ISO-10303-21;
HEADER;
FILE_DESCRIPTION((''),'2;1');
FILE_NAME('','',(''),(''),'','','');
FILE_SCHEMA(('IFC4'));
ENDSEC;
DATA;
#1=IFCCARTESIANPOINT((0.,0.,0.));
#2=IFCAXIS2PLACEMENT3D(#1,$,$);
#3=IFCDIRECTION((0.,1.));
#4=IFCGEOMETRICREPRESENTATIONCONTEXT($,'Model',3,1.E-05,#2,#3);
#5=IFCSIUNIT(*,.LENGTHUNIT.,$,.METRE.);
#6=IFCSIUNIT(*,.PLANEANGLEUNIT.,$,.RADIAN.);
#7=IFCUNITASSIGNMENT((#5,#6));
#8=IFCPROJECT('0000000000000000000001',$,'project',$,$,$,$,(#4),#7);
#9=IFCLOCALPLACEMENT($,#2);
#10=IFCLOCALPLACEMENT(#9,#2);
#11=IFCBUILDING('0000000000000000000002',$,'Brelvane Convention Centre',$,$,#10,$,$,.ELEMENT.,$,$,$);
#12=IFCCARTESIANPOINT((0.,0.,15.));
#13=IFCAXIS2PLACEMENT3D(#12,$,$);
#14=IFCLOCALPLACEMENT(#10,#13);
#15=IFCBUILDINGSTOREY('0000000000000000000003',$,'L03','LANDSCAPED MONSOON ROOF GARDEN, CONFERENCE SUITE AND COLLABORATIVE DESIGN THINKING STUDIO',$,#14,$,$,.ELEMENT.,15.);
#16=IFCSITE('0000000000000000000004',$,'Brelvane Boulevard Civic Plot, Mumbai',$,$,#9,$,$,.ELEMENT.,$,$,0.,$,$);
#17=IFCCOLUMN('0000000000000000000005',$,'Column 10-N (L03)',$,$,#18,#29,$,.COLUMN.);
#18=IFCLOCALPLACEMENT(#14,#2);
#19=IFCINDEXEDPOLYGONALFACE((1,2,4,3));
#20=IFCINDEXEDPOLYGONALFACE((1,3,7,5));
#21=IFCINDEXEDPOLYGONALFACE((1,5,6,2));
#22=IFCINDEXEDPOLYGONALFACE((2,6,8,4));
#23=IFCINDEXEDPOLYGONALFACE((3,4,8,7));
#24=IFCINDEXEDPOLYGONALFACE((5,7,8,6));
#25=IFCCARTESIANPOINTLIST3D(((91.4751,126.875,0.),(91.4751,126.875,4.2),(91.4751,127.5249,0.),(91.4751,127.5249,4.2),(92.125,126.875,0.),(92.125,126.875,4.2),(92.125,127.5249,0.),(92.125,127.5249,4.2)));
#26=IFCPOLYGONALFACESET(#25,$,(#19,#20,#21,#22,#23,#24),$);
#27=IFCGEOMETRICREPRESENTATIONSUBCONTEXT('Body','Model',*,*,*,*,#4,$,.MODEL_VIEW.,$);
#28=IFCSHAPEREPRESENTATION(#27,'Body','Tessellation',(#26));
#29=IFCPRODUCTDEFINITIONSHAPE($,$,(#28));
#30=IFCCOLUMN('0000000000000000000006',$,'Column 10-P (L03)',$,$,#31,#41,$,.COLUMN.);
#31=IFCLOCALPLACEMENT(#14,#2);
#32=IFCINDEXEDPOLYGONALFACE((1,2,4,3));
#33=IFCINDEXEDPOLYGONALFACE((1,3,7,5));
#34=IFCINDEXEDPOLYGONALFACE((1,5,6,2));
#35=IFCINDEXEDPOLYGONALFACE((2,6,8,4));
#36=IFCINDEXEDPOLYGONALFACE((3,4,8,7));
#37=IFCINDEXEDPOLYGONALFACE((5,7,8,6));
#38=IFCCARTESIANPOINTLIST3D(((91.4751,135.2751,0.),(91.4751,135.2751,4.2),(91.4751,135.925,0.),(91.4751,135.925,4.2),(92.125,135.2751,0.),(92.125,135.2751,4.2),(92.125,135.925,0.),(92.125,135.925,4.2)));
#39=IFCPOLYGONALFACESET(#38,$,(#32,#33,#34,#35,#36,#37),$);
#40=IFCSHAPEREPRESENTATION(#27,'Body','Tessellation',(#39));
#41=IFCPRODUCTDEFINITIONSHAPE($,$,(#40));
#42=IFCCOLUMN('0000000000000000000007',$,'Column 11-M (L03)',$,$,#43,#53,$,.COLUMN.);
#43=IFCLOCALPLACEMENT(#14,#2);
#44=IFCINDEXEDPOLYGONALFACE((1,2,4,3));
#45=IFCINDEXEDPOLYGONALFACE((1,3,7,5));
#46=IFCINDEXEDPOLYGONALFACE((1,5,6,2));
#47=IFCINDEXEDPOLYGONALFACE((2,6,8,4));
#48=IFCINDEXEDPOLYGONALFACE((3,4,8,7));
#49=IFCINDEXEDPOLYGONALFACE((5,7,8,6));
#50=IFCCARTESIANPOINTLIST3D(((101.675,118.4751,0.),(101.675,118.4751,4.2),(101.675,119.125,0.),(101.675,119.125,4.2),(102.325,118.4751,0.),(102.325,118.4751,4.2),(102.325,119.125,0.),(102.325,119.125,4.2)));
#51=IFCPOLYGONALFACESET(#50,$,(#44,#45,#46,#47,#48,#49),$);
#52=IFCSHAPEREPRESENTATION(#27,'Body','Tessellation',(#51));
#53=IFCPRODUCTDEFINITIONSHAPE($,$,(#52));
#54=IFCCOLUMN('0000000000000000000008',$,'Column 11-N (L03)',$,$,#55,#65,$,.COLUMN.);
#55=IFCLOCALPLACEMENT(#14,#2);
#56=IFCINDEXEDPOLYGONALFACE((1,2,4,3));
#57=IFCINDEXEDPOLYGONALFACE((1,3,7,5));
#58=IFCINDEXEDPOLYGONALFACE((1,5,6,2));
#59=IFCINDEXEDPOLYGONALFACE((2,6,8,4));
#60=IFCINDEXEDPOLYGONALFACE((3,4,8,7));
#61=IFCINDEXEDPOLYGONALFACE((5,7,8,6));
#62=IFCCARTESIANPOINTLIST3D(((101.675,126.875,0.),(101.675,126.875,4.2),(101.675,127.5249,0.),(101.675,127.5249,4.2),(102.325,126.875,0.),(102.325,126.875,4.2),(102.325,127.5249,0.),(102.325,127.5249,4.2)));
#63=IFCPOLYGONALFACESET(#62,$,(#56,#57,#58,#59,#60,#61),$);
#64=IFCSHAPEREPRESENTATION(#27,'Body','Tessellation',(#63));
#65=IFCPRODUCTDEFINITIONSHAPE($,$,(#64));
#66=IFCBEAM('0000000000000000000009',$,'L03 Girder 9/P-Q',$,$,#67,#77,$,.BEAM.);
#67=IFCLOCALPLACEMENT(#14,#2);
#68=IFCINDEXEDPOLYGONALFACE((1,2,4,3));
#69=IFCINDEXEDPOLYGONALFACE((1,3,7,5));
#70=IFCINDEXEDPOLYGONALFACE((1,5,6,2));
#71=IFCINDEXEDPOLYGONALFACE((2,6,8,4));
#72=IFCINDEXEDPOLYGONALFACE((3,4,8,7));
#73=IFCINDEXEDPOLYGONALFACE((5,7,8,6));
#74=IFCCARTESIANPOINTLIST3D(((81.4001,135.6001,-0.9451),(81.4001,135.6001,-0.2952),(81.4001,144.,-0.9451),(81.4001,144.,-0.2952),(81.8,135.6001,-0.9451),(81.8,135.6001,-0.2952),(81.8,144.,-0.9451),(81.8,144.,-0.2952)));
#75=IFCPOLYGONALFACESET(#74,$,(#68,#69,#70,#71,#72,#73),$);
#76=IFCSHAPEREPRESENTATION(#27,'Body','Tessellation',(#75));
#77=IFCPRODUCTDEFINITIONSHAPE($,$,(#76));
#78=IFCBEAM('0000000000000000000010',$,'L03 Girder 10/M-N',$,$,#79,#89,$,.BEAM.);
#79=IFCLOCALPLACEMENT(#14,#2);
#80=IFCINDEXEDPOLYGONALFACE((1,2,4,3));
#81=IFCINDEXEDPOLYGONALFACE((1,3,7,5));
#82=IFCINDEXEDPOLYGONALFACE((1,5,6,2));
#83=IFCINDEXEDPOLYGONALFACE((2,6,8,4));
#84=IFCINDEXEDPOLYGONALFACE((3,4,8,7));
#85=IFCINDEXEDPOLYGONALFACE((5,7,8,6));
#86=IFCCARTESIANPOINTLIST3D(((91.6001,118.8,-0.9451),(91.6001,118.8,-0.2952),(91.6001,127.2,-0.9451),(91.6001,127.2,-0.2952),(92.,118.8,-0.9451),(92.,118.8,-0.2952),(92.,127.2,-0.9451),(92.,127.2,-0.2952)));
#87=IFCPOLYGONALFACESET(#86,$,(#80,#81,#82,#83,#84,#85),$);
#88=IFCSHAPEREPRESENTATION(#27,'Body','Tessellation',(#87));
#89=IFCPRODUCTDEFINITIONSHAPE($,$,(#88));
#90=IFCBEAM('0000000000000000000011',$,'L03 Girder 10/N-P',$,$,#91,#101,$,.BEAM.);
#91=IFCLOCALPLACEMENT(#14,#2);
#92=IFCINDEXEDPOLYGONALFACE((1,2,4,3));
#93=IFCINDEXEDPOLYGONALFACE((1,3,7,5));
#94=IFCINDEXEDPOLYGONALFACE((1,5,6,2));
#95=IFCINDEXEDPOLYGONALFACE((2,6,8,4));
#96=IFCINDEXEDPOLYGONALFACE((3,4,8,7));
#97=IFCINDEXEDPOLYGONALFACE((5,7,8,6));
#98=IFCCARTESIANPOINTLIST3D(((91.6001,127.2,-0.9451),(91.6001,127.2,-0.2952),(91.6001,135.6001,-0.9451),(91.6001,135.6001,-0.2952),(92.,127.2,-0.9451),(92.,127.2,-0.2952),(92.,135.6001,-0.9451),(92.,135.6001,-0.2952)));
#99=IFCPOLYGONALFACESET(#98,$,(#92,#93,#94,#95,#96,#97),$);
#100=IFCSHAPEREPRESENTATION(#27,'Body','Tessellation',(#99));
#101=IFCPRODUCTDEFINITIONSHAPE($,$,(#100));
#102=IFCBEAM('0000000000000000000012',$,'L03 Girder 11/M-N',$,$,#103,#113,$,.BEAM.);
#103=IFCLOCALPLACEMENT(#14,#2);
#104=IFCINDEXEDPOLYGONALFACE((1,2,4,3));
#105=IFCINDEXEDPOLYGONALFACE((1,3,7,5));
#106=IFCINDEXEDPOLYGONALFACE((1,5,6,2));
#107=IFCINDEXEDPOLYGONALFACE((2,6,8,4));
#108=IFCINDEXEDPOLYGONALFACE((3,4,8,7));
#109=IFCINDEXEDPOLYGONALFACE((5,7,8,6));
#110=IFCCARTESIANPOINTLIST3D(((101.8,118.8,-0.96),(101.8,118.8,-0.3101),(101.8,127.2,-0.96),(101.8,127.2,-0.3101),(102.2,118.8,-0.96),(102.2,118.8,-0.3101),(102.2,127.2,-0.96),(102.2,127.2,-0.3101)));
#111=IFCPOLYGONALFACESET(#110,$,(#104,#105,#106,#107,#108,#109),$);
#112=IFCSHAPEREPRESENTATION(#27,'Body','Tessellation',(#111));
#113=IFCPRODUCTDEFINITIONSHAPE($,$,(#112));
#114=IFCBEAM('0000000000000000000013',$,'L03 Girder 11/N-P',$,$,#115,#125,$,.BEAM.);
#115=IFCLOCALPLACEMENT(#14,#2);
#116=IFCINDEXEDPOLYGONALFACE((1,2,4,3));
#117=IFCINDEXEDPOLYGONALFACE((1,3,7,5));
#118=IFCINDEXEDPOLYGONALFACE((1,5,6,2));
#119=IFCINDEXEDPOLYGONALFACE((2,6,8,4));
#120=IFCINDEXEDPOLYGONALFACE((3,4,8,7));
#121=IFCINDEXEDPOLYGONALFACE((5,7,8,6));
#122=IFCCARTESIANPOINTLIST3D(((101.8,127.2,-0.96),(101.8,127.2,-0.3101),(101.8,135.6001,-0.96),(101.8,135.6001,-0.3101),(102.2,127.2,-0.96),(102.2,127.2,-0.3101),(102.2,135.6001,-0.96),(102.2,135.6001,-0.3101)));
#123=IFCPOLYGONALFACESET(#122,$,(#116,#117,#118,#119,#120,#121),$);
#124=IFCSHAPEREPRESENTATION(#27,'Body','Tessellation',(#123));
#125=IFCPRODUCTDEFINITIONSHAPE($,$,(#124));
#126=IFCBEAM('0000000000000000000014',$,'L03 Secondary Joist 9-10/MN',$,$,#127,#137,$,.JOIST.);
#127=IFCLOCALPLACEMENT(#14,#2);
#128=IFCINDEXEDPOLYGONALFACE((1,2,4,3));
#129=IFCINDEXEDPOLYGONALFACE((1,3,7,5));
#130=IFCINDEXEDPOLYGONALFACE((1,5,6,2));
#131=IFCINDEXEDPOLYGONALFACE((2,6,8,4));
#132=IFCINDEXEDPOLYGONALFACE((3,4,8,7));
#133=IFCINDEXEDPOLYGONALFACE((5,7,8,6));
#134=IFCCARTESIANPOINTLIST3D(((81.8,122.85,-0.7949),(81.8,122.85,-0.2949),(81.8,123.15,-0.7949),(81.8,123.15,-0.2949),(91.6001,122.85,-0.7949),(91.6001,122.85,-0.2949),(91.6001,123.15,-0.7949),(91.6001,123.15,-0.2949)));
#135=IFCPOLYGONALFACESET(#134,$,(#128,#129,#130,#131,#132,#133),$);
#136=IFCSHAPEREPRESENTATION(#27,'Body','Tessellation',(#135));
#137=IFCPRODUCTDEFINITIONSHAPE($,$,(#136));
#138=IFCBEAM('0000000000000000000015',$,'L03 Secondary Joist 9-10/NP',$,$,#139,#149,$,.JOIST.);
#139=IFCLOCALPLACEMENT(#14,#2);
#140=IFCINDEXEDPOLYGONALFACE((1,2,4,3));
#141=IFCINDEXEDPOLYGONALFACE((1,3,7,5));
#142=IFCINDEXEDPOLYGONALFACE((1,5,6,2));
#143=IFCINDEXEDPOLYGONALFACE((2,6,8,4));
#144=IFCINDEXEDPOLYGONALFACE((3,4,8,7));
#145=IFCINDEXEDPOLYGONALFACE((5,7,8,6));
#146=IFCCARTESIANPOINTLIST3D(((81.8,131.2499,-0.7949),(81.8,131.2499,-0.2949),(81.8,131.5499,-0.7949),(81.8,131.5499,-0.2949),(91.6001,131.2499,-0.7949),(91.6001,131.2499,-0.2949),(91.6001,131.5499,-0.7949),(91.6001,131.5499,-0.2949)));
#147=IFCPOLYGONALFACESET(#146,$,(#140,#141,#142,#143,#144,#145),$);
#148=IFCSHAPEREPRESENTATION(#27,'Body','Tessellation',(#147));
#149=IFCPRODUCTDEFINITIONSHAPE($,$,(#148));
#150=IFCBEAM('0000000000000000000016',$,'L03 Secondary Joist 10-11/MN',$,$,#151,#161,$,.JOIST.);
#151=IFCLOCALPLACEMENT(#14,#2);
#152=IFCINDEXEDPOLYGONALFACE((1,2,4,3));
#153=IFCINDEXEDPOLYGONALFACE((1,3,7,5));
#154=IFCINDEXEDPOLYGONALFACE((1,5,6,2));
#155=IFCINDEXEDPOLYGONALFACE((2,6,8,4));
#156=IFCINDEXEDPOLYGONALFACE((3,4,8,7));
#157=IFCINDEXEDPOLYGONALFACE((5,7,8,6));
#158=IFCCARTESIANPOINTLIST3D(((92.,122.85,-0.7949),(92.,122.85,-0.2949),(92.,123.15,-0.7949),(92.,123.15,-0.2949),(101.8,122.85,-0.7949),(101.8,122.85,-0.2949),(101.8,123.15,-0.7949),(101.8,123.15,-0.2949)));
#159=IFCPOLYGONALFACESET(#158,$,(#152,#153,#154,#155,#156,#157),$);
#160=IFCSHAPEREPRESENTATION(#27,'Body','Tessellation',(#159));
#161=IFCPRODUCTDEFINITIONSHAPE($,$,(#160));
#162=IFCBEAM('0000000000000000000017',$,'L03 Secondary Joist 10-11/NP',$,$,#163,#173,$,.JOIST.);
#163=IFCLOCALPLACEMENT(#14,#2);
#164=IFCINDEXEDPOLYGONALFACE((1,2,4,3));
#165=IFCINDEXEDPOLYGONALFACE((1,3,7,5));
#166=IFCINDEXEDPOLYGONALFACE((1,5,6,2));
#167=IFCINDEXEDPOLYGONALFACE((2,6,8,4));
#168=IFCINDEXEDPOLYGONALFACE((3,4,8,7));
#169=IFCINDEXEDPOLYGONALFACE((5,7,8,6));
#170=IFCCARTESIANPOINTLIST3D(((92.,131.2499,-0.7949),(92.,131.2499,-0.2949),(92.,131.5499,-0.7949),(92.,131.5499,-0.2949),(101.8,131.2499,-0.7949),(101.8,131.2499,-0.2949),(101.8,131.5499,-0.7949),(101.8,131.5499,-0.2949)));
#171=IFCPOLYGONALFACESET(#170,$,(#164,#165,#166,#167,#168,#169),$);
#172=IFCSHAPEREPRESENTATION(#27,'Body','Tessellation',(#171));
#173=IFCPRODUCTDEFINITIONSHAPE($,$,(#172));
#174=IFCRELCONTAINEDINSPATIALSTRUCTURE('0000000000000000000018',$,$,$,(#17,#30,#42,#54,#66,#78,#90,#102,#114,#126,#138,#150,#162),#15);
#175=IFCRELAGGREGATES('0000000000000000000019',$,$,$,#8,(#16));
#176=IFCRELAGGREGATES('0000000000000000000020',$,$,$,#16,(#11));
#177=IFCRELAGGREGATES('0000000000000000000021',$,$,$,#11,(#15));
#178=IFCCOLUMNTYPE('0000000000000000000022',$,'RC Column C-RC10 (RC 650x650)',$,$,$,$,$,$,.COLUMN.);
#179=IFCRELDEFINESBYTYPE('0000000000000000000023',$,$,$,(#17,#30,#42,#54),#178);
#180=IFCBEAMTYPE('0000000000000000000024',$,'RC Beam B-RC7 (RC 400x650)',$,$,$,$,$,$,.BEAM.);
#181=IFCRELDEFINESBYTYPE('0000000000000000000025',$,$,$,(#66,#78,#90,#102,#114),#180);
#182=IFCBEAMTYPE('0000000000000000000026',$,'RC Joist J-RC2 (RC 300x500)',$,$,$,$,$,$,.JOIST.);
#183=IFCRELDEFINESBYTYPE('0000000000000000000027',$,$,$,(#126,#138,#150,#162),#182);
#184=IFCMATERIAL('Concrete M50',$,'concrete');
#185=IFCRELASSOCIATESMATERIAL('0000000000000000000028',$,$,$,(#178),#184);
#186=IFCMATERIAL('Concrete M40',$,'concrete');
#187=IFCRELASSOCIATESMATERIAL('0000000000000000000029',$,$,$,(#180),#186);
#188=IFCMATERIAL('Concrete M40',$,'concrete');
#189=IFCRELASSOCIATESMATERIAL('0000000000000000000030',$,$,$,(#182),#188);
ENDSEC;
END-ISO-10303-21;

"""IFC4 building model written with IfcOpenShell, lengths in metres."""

from ifc_helpers import new_model, si_unit, direction, frame, origin, origin_2d, place, context, subcontext, project, spatial, rectangle, extrude, material, material_profile, profile_set, type_object, element, save


model = new_model("IFC4")

# Units and contexts
model_context = context("Model", 3, precision=1e-05, world=origin(), true_north=direction((0.0, 1.0)))
body_context = subcontext(model_context, "Body", "Model", "MODEL_VIEW")
ifc_project = project(units=[si_unit("LENGTHUNIT", "METRE"), si_unit("PLANEANGLEUNIT", "RADIAN")], contexts=[model_context])

# Site, building, storey
site_placement = place(None, origin())
site = spatial("IfcSite", under=ifc_project, at=site_placement, Name="Brelvane Boulevard Civic Plot, Mumbai", CompositionType="ELEMENT", RefElevation=0.0)
building_placement = place(site_placement, origin())
building = spatial("IfcBuilding", under=site, at=building_placement, Name="Brelvane Convention Centre", CompositionType="ELEMENT")
storey_placement = place(building_placement, frame((0.0, 0.0, 15.0)))
storey = spatial("IfcBuildingStorey", under=building, at=storey_placement, Name="L03", Description="LANDSCAPED MONSOON ROOF GARDEN, CONFERENCE SUITE AND COLLABORATIVE DESIGN THINKING STUDIO", CompositionType="ELEMENT", Elevation=15.0)

# Columns
ifc_material_1 = material(Name="Concrete M50", Category="concrete")
ifc_material_profile_1 = material_profile(ifc_material_1, rectangle(XDim=0.6499, YDim=0.6499, at=origin_2d()), Name="RC 650x650")
ifc_profile_set_1 = profile_set([ifc_material_profile_1], Name="Concrete M50")
column_type = type_object("IfcColumnType", Name="RC Column C-RC10 (RC 650x650)", PredefinedType="COLUMN", material=ifc_profile_set_1)
for number, where, z_axis, x_axis, name in (
    (1, (91.8, 127.2, 0.0), (0.0, 0.0, 1.0), (1.0, 0.0, 0.0), "Column 10-N (L03)"),
    (2, (91.8, 135.6001, 0.0), (0.0, 0.0, 1.0), (1.0, 0.0, 0.0), "Column 10-P (L03)"),
    (3, (102.0, 118.8, 0.0), (0.0, 0.0, 1.0), (1.0, 0.0, 0.0), "Column 11-M (L03)"),
    (4, (102.0, 127.2, 0.0), (0.0, 0.0, 1.0), (1.0, 0.0, 0.0), "Column 11-N (L03)"),
):
    element("IfcColumn", number, at=place(storey_placement, frame(where, z_axis=z_axis, x_axis=x_axis)), inside=storey, type_object=column_type, Name=name, PredefinedType="COLUMN", context=body_context, shape_type="SweptSolid", body=[
        extrude(rectangle(XDim=0.6499, YDim=0.6499, at=origin_2d()), origin(), (0.0, 0.0, 1.0), 4.2),
    ])

# Beams
ifc_material_2 = material(Name="Concrete M40", Category="concrete")
ifc_material_profile_2 = material_profile(ifc_material_2, rectangle(XDim=0.3999, YDim=0.6499, at=origin_2d()), Name="RC 400x650")
ifc_profile_set_2 = profile_set([ifc_material_profile_2], Name="Concrete M40")
beam_type_1 = type_object("IfcBeamType", Name="RC Beam B-RC7 (RC 400x650)", PredefinedType="BEAM", material=ifc_profile_set_2)
for number, where, z_axis, x_axis, name in (
    (5, (81.6001, 135.6001, -0.6201), (0.0, 1.0, 0.0), (-1.0, 0.0, 0.0), "L03 Girder 9/P-Q"),
    (6, (91.8, 118.8, -0.6201), (0.0, 1.0, 0.0), (-1.0, 0.0, 0.0), "L03 Girder 10/M-N"),
):
    element("IfcBeam", number, at=place(storey_placement, frame(where, z_axis=z_axis, x_axis=x_axis)), inside=storey, type_object=beam_type_1, Name=name, PredefinedType="BEAM", context=body_context, shape_type="SweptSolid", body=[
        extrude(rectangle(XDim=0.3999, YDim=0.6499, at=origin_2d()), origin(), (0.0, 0.0, 1.0), 8.3999),
    ])
beam_1_placement = place(storey_placement, frame((91.8, 127.2, -0.6201), z_axis=(0.0, 1.0, 0.0), x_axis=(-1.0, 0.0, 0.0)))
element("IfcBeam", 7, at=beam_1_placement, inside=storey, type_object=beam_type_1, Name="L03 Girder 10/N-P", PredefinedType="BEAM", context=body_context, shape_type="SweptSolid", body=[
    extrude(rectangle(XDim=0.3999, YDim=0.6499, at=origin_2d()), origin(), (0.0, 0.0, 1.0), 8.4001),
])
beam_2_placement = place(storey_placement, frame((102.0, 118.8, -0.635), z_axis=(0.0, 1.0, 0.0), x_axis=(-1.0, 0.0, 0.0)))
element("IfcBeam", 8, at=beam_2_placement, inside=storey, type_object=beam_type_1, Name="L03 Girder 11/M-N", PredefinedType="BEAM", context=body_context, shape_type="SweptSolid", body=[
    extrude(rectangle(XDim=0.3999, YDim=0.6499, at=origin_2d()), origin(), (0.0, 0.0, 1.0), 8.3999),
])
beam_3_placement = place(storey_placement, frame((102.0, 127.2, -0.635), z_axis=(0.0, 1.0, 0.0), x_axis=(-1.0, 0.0, 0.0)))
element("IfcBeam", 9, at=beam_3_placement, inside=storey, type_object=beam_type_1, Name="L03 Girder 11/N-P", PredefinedType="BEAM", context=body_context, shape_type="SweptSolid", body=[
    extrude(rectangle(XDim=0.3999, YDim=0.6499, at=origin_2d()), origin(), (0.0, 0.0, 1.0), 8.4001),
])
ifc_material_3 = material(Name="Concrete M40", Category="concrete")
ifc_material_profile_3 = material_profile(ifc_material_3, rectangle(XDim=0.3, YDim=0.5, at=origin_2d()), Name="RC 300x500")
ifc_profile_set_3 = profile_set([ifc_material_profile_3], Name="Concrete M40")
beam_type_2 = type_object("IfcBeamType", Name="RC Joist J-RC2 (RC 300x500)", PredefinedType="JOIST", material=ifc_profile_set_3)
for number, where, z_axis, x_axis, name in (
    (10, (81.8, 123.0, -0.5449), (1.0, 0.0, 0.0), (0.0, 1.0, 0.0), "L03 Secondary Joist 9-10/MN"),
    (11, (81.8, 131.3999, -0.5449), (1.0, 0.0, 0.0), (0.0, 1.0, 0.0), "L03 Secondary Joist 9-10/NP"),
    (12, (92.0, 123.0, -0.5449), (1.0, 0.0, 0.0), (0.0, 1.0, 0.0), "L03 Secondary Joist 10-11/MN"),
    (13, (92.0, 131.3999, -0.5449), (1.0, 0.0, 0.0), (0.0, 1.0, 0.0), "L03 Secondary Joist 10-11/NP"),
):
    element("IfcBeam", number, at=place(storey_placement, frame(where, z_axis=z_axis, x_axis=x_axis)), inside=storey, type_object=beam_type_2, Name=name, PredefinedType="JOIST", context=body_context, shape_type="SweptSolid", body=[
        extrude(rectangle(XDim=0.3, YDim=0.5, at=origin_2d()), origin(), (0.0, 0.0, 1.0), 9.8),
    ])

save(model, "model.ifc")
